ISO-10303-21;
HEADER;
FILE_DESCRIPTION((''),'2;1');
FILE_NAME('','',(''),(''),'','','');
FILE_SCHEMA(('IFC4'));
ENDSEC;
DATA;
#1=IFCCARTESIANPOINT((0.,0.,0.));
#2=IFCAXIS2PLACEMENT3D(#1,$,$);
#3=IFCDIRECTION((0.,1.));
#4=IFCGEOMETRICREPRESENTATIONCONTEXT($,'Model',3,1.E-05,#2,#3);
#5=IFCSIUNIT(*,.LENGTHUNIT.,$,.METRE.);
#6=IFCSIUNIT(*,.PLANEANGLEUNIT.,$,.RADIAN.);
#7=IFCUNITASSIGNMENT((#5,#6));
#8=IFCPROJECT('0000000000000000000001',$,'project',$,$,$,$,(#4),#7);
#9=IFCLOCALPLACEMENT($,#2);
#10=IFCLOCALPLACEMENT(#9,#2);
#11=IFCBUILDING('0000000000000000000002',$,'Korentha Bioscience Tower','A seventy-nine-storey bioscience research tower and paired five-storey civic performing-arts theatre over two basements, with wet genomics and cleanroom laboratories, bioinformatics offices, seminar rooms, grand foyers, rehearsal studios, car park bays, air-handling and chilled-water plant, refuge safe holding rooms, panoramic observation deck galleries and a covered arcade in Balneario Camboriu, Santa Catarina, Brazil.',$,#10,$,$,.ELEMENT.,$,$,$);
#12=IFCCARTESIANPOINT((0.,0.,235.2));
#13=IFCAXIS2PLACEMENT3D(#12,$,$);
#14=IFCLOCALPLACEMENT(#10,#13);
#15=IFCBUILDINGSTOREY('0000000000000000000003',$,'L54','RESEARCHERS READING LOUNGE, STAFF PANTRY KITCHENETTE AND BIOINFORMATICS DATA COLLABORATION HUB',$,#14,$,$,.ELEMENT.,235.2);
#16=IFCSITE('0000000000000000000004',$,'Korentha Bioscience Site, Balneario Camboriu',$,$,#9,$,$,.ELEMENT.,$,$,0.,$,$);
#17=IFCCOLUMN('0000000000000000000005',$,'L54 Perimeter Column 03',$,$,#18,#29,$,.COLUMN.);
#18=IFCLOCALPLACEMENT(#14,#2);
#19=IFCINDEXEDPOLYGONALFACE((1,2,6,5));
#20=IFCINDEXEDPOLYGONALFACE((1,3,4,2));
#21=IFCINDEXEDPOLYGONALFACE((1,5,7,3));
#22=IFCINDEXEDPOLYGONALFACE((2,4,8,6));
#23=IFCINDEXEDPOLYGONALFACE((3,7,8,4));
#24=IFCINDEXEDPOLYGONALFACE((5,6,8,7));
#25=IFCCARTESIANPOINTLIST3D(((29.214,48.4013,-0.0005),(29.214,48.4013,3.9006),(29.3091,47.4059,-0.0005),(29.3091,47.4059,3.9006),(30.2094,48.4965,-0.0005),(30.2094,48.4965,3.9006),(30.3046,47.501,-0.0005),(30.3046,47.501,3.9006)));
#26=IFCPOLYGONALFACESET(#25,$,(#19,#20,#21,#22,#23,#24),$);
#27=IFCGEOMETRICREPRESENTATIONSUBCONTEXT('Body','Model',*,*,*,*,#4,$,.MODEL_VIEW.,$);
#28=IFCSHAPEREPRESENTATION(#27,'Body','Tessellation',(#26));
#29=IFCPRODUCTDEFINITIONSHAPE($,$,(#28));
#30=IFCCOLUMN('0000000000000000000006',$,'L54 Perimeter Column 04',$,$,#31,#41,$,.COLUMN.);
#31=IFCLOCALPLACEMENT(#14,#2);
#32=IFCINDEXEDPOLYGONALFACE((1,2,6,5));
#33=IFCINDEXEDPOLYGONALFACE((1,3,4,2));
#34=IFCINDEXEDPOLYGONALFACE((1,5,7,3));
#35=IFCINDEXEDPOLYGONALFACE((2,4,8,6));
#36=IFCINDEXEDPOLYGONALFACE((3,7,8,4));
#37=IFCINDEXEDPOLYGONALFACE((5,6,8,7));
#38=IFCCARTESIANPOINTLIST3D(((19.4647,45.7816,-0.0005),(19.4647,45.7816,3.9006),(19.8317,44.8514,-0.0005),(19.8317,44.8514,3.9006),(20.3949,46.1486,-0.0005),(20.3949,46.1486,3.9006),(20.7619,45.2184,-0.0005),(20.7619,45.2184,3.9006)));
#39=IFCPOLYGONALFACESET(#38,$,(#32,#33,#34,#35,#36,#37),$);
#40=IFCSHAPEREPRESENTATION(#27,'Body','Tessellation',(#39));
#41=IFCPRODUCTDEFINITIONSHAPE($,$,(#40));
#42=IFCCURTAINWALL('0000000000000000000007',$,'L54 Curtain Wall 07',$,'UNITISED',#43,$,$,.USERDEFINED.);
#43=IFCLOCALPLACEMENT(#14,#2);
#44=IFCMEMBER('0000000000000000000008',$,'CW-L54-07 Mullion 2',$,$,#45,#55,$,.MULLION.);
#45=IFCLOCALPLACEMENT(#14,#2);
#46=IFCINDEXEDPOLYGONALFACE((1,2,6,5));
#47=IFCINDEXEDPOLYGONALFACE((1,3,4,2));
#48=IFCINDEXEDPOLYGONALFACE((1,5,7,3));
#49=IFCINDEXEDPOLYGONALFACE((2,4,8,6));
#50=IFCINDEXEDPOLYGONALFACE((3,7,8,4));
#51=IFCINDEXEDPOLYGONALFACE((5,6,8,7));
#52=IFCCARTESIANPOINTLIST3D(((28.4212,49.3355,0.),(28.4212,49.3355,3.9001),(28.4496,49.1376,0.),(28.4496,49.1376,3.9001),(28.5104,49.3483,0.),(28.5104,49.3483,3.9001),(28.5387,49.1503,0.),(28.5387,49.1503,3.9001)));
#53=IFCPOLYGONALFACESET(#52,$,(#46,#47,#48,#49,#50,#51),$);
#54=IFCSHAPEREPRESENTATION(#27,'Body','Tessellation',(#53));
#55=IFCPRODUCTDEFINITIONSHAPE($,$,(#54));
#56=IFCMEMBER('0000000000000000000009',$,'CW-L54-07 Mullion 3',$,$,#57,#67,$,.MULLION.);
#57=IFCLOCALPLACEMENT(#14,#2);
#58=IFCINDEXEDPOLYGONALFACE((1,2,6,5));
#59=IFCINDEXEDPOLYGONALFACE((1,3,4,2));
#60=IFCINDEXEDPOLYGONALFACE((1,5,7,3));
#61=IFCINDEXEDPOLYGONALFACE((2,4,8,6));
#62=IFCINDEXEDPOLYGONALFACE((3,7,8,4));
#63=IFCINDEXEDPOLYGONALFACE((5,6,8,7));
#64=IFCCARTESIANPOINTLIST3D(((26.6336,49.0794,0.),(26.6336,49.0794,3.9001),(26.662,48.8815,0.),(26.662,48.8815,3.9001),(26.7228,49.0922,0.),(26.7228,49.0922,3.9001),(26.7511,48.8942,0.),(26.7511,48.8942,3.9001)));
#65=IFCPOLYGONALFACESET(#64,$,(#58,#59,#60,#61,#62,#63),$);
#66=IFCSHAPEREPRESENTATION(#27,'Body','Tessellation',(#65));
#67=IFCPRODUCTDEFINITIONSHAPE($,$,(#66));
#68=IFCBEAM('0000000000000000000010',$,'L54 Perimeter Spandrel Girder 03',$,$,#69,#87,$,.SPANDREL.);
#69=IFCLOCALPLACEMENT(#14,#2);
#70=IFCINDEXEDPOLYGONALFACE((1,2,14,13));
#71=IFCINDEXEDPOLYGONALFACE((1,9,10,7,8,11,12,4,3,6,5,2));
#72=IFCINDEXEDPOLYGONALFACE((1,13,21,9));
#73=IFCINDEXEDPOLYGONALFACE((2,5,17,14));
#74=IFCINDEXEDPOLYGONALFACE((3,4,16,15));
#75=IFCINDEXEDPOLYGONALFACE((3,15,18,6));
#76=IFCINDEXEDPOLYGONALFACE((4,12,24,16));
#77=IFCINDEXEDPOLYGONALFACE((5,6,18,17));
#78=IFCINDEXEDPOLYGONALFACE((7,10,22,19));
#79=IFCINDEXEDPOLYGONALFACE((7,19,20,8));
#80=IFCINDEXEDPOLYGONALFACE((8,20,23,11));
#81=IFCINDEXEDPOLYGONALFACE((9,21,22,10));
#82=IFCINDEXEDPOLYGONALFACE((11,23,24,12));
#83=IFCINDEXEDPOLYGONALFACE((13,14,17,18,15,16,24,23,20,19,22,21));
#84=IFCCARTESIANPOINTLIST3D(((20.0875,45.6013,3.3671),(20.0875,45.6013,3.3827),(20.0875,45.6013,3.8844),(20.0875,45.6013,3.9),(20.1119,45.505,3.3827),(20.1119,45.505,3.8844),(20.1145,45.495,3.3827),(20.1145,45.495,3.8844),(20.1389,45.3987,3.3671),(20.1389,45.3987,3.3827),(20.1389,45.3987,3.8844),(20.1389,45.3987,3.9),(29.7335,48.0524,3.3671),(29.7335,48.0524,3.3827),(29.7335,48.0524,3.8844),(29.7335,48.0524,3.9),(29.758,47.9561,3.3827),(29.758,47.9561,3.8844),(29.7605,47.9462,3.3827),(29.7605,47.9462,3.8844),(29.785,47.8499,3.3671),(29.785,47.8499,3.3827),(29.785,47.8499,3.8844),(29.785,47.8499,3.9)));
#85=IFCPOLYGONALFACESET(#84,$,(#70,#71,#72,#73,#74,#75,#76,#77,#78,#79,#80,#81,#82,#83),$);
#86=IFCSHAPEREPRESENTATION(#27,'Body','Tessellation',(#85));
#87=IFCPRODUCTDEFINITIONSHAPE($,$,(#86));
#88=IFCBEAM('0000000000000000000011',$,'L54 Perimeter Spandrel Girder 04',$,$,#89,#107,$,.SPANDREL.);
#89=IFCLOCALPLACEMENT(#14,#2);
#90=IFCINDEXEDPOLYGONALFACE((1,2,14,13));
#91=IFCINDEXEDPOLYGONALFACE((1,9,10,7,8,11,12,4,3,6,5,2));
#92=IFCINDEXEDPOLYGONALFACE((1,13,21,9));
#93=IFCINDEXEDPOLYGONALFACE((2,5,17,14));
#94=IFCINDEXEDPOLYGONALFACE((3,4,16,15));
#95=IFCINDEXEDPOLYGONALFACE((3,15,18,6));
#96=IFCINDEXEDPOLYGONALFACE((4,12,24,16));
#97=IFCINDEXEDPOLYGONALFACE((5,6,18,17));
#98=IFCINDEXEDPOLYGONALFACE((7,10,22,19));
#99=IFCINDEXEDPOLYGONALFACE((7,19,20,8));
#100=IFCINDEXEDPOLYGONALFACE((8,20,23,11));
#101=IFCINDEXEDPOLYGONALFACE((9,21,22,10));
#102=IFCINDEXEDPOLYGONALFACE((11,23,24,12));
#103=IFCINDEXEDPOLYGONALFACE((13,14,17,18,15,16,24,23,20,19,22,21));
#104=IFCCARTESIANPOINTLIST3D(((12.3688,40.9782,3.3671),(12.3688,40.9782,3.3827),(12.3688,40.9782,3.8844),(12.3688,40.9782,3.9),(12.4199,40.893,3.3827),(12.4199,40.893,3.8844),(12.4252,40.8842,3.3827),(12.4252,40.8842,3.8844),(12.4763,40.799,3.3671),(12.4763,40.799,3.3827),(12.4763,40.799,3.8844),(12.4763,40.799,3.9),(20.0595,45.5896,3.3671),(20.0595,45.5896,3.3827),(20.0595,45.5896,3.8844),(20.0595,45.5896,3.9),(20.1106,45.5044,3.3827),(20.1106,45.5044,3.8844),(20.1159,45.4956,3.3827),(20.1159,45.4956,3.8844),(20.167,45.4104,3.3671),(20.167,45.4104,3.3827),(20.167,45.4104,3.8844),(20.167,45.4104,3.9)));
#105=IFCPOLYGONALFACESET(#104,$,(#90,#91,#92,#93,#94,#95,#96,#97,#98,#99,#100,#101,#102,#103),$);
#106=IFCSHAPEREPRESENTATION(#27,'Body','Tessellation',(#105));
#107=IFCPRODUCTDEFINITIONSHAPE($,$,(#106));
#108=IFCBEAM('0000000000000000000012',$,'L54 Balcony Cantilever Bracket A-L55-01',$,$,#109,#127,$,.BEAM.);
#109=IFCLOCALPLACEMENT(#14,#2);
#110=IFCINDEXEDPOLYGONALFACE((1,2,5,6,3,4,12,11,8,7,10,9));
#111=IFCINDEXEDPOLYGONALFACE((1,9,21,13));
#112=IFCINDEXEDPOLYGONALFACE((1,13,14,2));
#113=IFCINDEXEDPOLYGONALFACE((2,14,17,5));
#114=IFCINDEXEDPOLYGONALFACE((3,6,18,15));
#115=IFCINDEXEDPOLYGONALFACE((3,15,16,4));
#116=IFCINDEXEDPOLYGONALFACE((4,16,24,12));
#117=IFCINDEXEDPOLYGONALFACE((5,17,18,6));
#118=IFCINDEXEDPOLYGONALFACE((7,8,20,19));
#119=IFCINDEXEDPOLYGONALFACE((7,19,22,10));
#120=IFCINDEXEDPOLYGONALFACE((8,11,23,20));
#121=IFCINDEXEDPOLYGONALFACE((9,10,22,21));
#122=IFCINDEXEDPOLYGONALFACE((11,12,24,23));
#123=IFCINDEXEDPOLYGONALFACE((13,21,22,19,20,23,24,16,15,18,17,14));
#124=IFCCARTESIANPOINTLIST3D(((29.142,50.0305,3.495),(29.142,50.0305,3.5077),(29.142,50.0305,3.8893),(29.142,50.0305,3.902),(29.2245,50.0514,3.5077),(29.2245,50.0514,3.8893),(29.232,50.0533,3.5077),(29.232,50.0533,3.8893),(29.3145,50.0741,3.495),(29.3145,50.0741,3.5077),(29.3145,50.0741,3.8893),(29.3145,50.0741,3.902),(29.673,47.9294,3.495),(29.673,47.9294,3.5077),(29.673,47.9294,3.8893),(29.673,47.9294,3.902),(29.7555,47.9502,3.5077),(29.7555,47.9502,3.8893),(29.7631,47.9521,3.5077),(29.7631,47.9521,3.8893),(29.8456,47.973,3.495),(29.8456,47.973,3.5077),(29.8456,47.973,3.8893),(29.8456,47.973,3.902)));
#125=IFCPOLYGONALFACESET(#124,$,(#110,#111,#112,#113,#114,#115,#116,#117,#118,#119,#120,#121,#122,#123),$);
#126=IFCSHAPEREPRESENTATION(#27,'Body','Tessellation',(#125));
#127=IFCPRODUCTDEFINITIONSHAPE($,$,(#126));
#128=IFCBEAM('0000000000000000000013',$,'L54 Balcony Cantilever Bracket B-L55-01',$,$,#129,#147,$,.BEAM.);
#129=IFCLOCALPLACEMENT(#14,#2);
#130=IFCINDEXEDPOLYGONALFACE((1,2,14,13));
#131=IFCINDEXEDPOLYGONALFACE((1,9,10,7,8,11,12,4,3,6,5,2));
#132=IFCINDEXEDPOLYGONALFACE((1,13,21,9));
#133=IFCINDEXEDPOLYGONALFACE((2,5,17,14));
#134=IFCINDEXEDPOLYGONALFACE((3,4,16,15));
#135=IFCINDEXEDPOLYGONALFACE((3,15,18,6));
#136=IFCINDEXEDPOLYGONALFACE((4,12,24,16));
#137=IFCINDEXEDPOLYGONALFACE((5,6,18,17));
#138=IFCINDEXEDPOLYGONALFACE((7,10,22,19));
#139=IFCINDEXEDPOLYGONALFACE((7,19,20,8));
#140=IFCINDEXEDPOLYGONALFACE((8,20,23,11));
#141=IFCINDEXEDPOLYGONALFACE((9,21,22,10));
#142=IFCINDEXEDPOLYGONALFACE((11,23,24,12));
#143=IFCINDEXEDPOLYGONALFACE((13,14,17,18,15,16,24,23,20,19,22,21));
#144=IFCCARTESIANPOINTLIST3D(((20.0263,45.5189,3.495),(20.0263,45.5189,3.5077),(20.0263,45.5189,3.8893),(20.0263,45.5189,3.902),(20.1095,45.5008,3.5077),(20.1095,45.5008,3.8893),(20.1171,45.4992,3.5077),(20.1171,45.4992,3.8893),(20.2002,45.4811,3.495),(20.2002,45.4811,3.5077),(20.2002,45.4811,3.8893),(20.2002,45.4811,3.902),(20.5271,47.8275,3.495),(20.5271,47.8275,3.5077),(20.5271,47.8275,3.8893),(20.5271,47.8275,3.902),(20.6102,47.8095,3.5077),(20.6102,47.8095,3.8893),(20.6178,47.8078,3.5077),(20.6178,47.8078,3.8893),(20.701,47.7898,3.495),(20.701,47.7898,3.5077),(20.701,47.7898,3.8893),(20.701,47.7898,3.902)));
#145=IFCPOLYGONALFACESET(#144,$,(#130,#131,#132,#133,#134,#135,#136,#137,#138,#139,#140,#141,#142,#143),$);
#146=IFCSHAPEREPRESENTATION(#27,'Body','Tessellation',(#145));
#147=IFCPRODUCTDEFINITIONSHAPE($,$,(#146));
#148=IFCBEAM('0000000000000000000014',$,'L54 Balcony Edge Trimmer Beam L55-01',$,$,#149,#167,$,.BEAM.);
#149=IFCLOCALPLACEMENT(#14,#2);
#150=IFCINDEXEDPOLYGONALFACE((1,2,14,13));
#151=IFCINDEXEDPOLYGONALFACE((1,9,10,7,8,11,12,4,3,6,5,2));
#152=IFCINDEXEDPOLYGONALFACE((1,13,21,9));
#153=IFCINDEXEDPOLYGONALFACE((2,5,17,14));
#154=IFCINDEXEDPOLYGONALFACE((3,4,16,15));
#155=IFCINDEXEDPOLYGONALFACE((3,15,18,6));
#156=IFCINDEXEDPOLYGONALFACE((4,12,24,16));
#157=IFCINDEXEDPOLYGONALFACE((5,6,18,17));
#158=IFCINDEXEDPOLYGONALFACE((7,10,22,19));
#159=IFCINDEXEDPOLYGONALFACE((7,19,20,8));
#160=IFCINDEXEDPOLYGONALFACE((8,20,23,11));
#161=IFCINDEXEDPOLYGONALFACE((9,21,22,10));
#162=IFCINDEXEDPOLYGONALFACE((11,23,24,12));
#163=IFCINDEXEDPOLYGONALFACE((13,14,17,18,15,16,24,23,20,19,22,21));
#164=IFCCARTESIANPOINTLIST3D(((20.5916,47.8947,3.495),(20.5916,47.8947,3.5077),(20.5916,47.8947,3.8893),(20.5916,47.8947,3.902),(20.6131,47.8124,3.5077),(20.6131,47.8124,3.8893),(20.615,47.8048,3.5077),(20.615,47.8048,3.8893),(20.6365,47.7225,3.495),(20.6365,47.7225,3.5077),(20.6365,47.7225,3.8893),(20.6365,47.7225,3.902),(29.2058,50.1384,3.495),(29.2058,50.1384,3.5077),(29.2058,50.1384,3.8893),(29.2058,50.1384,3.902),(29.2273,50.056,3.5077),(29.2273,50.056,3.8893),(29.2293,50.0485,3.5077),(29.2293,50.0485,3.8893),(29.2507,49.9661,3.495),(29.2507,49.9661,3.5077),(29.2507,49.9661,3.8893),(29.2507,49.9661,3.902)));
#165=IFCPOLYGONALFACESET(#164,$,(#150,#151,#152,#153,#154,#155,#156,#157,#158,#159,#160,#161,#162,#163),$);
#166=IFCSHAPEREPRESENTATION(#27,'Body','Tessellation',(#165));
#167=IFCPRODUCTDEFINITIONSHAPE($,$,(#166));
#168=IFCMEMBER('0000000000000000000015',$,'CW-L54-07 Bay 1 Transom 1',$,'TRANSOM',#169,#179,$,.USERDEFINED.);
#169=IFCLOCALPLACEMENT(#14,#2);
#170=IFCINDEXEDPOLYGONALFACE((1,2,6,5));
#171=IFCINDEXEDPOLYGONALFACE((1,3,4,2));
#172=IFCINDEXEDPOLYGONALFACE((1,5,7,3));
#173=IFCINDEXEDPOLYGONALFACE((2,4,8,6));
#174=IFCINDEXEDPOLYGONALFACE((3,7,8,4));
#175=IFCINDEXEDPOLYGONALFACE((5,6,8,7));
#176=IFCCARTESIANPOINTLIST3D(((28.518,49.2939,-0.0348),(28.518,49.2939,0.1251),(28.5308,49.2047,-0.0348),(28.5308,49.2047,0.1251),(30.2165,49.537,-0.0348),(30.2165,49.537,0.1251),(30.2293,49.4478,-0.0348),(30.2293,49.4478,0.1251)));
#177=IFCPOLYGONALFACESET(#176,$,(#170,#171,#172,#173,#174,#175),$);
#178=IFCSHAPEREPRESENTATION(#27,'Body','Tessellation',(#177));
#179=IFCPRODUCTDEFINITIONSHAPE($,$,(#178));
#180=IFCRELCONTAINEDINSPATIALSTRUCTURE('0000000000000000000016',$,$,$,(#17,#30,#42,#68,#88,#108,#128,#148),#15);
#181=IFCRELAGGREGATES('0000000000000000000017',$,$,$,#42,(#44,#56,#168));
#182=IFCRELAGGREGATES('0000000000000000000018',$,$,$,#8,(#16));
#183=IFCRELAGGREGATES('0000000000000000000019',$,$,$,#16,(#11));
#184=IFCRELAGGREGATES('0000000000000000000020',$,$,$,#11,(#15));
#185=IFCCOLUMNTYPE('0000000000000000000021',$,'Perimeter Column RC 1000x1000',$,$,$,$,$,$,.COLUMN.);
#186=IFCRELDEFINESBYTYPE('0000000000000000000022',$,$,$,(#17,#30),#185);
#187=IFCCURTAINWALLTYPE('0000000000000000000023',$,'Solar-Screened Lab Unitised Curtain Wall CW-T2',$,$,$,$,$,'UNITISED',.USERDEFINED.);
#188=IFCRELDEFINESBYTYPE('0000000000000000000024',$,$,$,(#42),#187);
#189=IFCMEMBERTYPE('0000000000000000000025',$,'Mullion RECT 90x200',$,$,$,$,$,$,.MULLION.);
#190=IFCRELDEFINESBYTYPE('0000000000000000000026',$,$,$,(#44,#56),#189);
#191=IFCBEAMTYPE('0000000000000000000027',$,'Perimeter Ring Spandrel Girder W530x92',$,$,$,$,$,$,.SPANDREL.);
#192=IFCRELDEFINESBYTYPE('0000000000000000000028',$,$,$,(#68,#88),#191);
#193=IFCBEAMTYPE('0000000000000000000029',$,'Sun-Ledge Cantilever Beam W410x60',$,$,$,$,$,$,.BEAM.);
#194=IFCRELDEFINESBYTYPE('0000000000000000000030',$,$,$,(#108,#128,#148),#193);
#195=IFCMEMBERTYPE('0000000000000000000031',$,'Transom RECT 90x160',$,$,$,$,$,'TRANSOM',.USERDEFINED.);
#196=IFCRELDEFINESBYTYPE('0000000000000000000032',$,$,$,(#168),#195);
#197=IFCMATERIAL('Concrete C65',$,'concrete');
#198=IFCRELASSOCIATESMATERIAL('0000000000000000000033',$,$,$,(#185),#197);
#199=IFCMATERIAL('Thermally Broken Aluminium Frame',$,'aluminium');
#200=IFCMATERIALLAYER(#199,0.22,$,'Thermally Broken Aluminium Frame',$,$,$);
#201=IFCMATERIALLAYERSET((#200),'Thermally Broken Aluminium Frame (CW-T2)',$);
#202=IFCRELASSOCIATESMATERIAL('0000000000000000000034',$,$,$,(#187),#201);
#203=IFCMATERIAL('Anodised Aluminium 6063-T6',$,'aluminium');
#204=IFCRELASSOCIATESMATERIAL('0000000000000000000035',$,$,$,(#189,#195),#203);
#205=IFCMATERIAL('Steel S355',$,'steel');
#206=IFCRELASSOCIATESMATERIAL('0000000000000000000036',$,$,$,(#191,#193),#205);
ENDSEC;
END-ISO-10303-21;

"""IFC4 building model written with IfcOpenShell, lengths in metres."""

from ifc_helpers import new_model, si_unit, direction, frame, origin, origin_2d, place, context, subcontext, project, spatial, rectangle, i_section, extrude, material, layer, layer_set, material_profile, profile_set, type_object, element, aggregate, save


model = new_model("IFC4")

# Units and contexts
model_context = context("Model", 3, precision=1e-05, world=origin(), true_north=direction((0.0, 1.0)))
body_context = subcontext(model_context, "Body", "Model", "MODEL_VIEW")
ifc_project = project(units=[si_unit("LENGTHUNIT", "METRE"), si_unit("PLANEANGLEUNIT", "RADIAN")], contexts=[model_context])

# Site, building, storey
site_placement = place(None, origin())
site = spatial("IfcSite", under=ifc_project, at=site_placement, Name="Korentha Bioscience Site, Balneario Camboriu", CompositionType="ELEMENT", RefElevation=0.0)
building_placement = place(site_placement, origin())
building = spatial("IfcBuilding", under=site, at=building_placement, Name="Korentha Bioscience Tower", Description="A seventy-nine-storey bioscience research tower and paired five-storey civic performing-arts theatre over two basements, with wet genomics and cleanroom laboratories, bioinformatics offices, seminar rooms, grand foyers, rehearsal studios, car park bays, air-handling and chilled-water plant, refuge safe holding rooms, panoramic observation deck galleries and a covered arcade in Balneario Camboriu, Santa Catarina, Brazil.", CompositionType="ELEMENT")
storey_placement = place(building_placement, frame((0.0, 0.0, 235.2)))
storey = spatial("IfcBuildingStorey", under=building, at=storey_placement, Name="L54", Description="RESEARCHERS READING LOUNGE, STAFF PANTRY KITCHENETTE AND BIOINFORMATICS DATA COLLABORATION HUB", CompositionType="ELEMENT", Elevation=235.2)

# Columns
ifc_material_1 = material(Name="Concrete C65", Category="concrete")
ifc_material_profile_1 = material_profile(ifc_material_1, rectangle(XDim=1.0, YDim=1.0, at=origin_2d()), Name="Concrete C65")
ifc_profile_set_1 = profile_set([ifc_material_profile_1], Name="Concrete C65 (COL-P10)")
column_type = type_object("IfcColumnType", Name="Perimeter Column RC 1000x1000", PredefinedType="COLUMN", material=ifc_profile_set_1)
for number, where, z_axis, x_axis, name in (
    (1, (29.7593, 47.9512, -0.0005), (0.0, 0.0, 1.0), (0.995463, 0.095151, 0.0), "L54 Perimeter Column 03"),
    (2, (20.1133, 45.5, -0.0005), (0.0, 0.0, 1.0), (0.930226, 0.366988, 0.0), "L54 Perimeter Column 04"),
):
    element("IfcColumn", number, at=place(storey_placement, frame(where, z_axis=z_axis, x_axis=x_axis)), inside=storey, type_object=column_type, Name=name, PredefinedType="COLUMN", context=body_context, shape_type="SweptSolid", body=[
        extrude(rectangle(XDim=1.0, YDim=1.0, at=origin_2d()), origin(), (0.0, 0.0, 1.0), 3.9011),
    ])

# Curtain wall, members
ifc_material_2 = material(Name="Thermally Broken Aluminium Frame", Category="aluminium")
ifc_layer_1 = layer(ifc_material_2, 0.22, Name="Thermally Broken Aluminium Frame")
ifc_layer_set_1 = layer_set([ifc_layer_1], Name="Thermally Broken Aluminium Frame (CW-T2)")
curtain_wall_type = type_object("IfcCurtainWallType", Name="Solar-Screened Lab Unitised Curtain Wall CW-T2", ElementType="UNITISED", PredefinedType="USERDEFINED", material=ifc_layer_set_1)
curtain_wall_placement = place(storey_placement, origin())
curtain_wall = element("IfcCurtainWall", 3, at=curtain_wall_placement, inside=storey, type_object=curtain_wall_type, Name="L54 Curtain Wall 07", ObjectType="UNITISED", PredefinedType="USERDEFINED")
ifc_material_3 = material(Name="Anodised Aluminium 6063-T6", Category="aluminium")
ifc_material_profile_2 = material_profile(ifc_material_3, rectangle(XDim=0.0901, YDim=0.2, at=origin_2d()), Name="Anodised Aluminium 6063-T6")
ifc_profile_set_2 = profile_set([ifc_material_profile_2], Name="Anodised Aluminium 6063-T6 (CW-MUL)")
member_type_1 = type_object("IfcMemberType", Name="Mullion RECT 90x200", PredefinedType="MULLION", material=ifc_profile_set_2)
member_1_placement = place(storey_placement, frame((28.48, 49.2429, 0.0), z_axis=(0.0, 0.0, 1.0), x_axis=(-0.989902, -0.141754, 0.0)))
member_1 = element("IfcMember", 4, at=member_1_placement, type_object=member_type_1, Name="CW-L54-07 Mullion 2", PredefinedType="MULLION", context=body_context, shape_type="SweptSolid", body=[
    extrude(rectangle(XDim=0.0901, YDim=0.2, at=origin_2d()), origin(), (0.0, 0.0, 1.0), 3.9001),
])
member_2_placement = place(storey_placement, frame((26.6924, 48.9868, 0.0), z_axis=(0.0, 0.0, 1.0), x_axis=(-0.989902, -0.141754, 0.0)))
member_2 = element("IfcMember", 5, at=member_2_placement, type_object=member_type_1, Name="CW-L54-07 Mullion 3", PredefinedType="MULLION", context=body_context, shape_type="SweptSolid", body=[
    extrude(rectangle(XDim=0.0901, YDim=0.2, at=origin_2d()), origin(), (0.0, 0.0, 1.0), 3.9001),
])

# Beams
ifc_material_4 = material(Name="Steel S355", Category="steel")
ifc_material_profile_3 = material_profile(ifc_material_4, i_section(OverallWidth=0.209, OverallDepth=0.533, WebThickness=0.0103, FlangeThickness=0.0156, at=origin_2d()), Name="Steel S355")
ifc_profile_set_3 = profile_set([ifc_material_profile_3], Name="Steel S355 (SB-530)")
beam_type_1 = type_object("IfcBeamType", Name="Perimeter Ring Spandrel Girder W530x92", PredefinedType="SPANDREL", material=ifc_profile_set_3)
beam_1_placement = place(storey_placement, frame((29.7593, 47.9512, 3.6335), z_axis=(-0.969197, -0.246286, 0.0), x_axis=(0.246286, -0.969197, 0.0)))
element("IfcBeam", 6, at=beam_1_placement, inside=storey, type_object=beam_type_1, Name="L54 Perimeter Spandrel Girder 03", PredefinedType="SPANDREL", context=body_context, shape_type="SweptSolid", body=[
    extrude(i_section(OverallWidth=0.209, OverallDepth=0.533, WebThickness=0.0103, FlangeThickness=0.0156, at=origin_2d()), origin(), (0.0, 0.0, 1.0), 9.9526),
])
beam_2_placement = place(storey_placement, frame((20.1133, 45.5, 3.6335), z_axis=(-0.857644, -0.514243, 0.0), x_axis=(0.514243, -0.857644, 0.0)))
element("IfcBeam", 7, at=beam_2_placement, inside=storey, type_object=beam_type_1, Name="L54 Perimeter Spandrel Girder 04", PredefinedType="SPANDREL", context=body_context, shape_type="SweptSolid", body=[
    extrude(i_section(OverallWidth=0.209, OverallDepth=0.533, WebThickness=0.0103, FlangeThickness=0.0156, at=origin_2d()), origin(), (0.0, 0.0, 1.0), 8.9673),
])
ifc_material_profile_4 = material_profile(ifc_material_4, i_section(OverallWidth=0.178, OverallDepth=0.407, WebThickness=0.0078, FlangeThickness=0.0127, at=origin_2d()), Name="Steel S355")
ifc_profile_set_4 = profile_set([ifc_material_profile_4], Name="Steel S355 (CB-410)")
beam_type_2 = type_object("IfcBeamType", Name="Sun-Ledge Cantilever Beam W410x60", PredefinedType="BEAM", material=ifc_profile_set_4)
beam_3_placement = place(storey_placement, frame((29.7593, 47.9512, 3.6985), z_axis=(-0.245027, 0.969516, 0.0), x_axis=(-0.969516, -0.245027, 0.0)))
element("IfcBeam", 8, at=beam_3_placement, inside=storey, type_object=beam_type_2, Name="L54 Balcony Cantilever Bracket A-L55-01", PredefinedType="BEAM", context=body_context, shape_type="SweptSolid", body=[
    extrude(i_section(OverallWidth=0.178, OverallDepth=0.407, WebThickness=0.0078, FlangeThickness=0.0127, at=origin_2d()), origin(), (0.0, 0.0, 1.0), 2.1672),
])
beam_4_placement = place(storey_placement, frame((20.1133, 45.5, 3.6985), z_axis=(0.211971, 0.977276, 0.0), x_axis=(-0.977276, 0.211971, 0.0)))
element("IfcBeam", 9, at=beam_4_placement, inside=storey, type_object=beam_type_2, Name="L54 Balcony Cantilever Bracket B-L55-01", PredefinedType="BEAM", context=body_context, shape_type="SweptSolid", body=[
    extrude(i_section(OverallWidth=0.178, OverallDepth=0.407, WebThickness=0.0078, FlangeThickness=0.0127, at=origin_2d()), origin(), (0.0, 0.0, 1.0), 2.3623),
])
beam_5_placement = place(storey_placement, frame((29.2283, 50.0522, 3.6985), z_axis=(-0.967714, -0.252049, 0.0), x_axis=(0.252049, -0.967714, 0.0)))
element("IfcBeam", 10, at=beam_5_placement, inside=storey, type_object=beam_type_2, Name="L54 Balcony Edge Trimmer Beam L55-01", PredefinedType="BEAM", context=body_context, shape_type="SweptSolid", body=[
    extrude(i_section(OverallWidth=0.178, OverallDepth=0.407, WebThickness=0.0078, FlangeThickness=0.0127, at=origin_2d()), origin(), (0.0, 0.0, 1.0), 8.9016),
])

# Member
ifc_material_profile_5 = material_profile(ifc_material_3, rectangle(XDim=0.0901, YDim=0.1599, at=origin_2d()), Name="Anodised Aluminium 6063-T6")
ifc_profile_set_5 = profile_set([ifc_material_profile_5], Name="Anodised Aluminium 6063-T6 (CW-TRN)")
member_type_2 = type_object("IfcMemberType", Name="Transom RECT 90x160", ElementType="TRANSOM", PredefinedType="USERDEFINED", material=ifc_profile_set_5)
member_3_placement = place(storey_placement, frame((30.2229, 49.4924, 0.0452), z_axis=(-0.989907, -0.14172, 0.0), x_axis=(0.14172, -0.989907, 0.0)))
member_3 = element("IfcMember", 11, at=member_3_placement, type_object=member_type_2, Name="CW-L54-07 Bay 1 Transom 1", ObjectType="TRANSOM", PredefinedType="USERDEFINED", context=body_context, shape_type="SweptSolid", body=[
    extrude(rectangle(XDim=0.0901, YDim=0.1599, at=origin_2d()), origin(), (0.0, 0.0, 1.0), 1.7158),
])

aggregate(curtain_wall, [member_1, member_2, member_3])

save(model, "model.ifc")
